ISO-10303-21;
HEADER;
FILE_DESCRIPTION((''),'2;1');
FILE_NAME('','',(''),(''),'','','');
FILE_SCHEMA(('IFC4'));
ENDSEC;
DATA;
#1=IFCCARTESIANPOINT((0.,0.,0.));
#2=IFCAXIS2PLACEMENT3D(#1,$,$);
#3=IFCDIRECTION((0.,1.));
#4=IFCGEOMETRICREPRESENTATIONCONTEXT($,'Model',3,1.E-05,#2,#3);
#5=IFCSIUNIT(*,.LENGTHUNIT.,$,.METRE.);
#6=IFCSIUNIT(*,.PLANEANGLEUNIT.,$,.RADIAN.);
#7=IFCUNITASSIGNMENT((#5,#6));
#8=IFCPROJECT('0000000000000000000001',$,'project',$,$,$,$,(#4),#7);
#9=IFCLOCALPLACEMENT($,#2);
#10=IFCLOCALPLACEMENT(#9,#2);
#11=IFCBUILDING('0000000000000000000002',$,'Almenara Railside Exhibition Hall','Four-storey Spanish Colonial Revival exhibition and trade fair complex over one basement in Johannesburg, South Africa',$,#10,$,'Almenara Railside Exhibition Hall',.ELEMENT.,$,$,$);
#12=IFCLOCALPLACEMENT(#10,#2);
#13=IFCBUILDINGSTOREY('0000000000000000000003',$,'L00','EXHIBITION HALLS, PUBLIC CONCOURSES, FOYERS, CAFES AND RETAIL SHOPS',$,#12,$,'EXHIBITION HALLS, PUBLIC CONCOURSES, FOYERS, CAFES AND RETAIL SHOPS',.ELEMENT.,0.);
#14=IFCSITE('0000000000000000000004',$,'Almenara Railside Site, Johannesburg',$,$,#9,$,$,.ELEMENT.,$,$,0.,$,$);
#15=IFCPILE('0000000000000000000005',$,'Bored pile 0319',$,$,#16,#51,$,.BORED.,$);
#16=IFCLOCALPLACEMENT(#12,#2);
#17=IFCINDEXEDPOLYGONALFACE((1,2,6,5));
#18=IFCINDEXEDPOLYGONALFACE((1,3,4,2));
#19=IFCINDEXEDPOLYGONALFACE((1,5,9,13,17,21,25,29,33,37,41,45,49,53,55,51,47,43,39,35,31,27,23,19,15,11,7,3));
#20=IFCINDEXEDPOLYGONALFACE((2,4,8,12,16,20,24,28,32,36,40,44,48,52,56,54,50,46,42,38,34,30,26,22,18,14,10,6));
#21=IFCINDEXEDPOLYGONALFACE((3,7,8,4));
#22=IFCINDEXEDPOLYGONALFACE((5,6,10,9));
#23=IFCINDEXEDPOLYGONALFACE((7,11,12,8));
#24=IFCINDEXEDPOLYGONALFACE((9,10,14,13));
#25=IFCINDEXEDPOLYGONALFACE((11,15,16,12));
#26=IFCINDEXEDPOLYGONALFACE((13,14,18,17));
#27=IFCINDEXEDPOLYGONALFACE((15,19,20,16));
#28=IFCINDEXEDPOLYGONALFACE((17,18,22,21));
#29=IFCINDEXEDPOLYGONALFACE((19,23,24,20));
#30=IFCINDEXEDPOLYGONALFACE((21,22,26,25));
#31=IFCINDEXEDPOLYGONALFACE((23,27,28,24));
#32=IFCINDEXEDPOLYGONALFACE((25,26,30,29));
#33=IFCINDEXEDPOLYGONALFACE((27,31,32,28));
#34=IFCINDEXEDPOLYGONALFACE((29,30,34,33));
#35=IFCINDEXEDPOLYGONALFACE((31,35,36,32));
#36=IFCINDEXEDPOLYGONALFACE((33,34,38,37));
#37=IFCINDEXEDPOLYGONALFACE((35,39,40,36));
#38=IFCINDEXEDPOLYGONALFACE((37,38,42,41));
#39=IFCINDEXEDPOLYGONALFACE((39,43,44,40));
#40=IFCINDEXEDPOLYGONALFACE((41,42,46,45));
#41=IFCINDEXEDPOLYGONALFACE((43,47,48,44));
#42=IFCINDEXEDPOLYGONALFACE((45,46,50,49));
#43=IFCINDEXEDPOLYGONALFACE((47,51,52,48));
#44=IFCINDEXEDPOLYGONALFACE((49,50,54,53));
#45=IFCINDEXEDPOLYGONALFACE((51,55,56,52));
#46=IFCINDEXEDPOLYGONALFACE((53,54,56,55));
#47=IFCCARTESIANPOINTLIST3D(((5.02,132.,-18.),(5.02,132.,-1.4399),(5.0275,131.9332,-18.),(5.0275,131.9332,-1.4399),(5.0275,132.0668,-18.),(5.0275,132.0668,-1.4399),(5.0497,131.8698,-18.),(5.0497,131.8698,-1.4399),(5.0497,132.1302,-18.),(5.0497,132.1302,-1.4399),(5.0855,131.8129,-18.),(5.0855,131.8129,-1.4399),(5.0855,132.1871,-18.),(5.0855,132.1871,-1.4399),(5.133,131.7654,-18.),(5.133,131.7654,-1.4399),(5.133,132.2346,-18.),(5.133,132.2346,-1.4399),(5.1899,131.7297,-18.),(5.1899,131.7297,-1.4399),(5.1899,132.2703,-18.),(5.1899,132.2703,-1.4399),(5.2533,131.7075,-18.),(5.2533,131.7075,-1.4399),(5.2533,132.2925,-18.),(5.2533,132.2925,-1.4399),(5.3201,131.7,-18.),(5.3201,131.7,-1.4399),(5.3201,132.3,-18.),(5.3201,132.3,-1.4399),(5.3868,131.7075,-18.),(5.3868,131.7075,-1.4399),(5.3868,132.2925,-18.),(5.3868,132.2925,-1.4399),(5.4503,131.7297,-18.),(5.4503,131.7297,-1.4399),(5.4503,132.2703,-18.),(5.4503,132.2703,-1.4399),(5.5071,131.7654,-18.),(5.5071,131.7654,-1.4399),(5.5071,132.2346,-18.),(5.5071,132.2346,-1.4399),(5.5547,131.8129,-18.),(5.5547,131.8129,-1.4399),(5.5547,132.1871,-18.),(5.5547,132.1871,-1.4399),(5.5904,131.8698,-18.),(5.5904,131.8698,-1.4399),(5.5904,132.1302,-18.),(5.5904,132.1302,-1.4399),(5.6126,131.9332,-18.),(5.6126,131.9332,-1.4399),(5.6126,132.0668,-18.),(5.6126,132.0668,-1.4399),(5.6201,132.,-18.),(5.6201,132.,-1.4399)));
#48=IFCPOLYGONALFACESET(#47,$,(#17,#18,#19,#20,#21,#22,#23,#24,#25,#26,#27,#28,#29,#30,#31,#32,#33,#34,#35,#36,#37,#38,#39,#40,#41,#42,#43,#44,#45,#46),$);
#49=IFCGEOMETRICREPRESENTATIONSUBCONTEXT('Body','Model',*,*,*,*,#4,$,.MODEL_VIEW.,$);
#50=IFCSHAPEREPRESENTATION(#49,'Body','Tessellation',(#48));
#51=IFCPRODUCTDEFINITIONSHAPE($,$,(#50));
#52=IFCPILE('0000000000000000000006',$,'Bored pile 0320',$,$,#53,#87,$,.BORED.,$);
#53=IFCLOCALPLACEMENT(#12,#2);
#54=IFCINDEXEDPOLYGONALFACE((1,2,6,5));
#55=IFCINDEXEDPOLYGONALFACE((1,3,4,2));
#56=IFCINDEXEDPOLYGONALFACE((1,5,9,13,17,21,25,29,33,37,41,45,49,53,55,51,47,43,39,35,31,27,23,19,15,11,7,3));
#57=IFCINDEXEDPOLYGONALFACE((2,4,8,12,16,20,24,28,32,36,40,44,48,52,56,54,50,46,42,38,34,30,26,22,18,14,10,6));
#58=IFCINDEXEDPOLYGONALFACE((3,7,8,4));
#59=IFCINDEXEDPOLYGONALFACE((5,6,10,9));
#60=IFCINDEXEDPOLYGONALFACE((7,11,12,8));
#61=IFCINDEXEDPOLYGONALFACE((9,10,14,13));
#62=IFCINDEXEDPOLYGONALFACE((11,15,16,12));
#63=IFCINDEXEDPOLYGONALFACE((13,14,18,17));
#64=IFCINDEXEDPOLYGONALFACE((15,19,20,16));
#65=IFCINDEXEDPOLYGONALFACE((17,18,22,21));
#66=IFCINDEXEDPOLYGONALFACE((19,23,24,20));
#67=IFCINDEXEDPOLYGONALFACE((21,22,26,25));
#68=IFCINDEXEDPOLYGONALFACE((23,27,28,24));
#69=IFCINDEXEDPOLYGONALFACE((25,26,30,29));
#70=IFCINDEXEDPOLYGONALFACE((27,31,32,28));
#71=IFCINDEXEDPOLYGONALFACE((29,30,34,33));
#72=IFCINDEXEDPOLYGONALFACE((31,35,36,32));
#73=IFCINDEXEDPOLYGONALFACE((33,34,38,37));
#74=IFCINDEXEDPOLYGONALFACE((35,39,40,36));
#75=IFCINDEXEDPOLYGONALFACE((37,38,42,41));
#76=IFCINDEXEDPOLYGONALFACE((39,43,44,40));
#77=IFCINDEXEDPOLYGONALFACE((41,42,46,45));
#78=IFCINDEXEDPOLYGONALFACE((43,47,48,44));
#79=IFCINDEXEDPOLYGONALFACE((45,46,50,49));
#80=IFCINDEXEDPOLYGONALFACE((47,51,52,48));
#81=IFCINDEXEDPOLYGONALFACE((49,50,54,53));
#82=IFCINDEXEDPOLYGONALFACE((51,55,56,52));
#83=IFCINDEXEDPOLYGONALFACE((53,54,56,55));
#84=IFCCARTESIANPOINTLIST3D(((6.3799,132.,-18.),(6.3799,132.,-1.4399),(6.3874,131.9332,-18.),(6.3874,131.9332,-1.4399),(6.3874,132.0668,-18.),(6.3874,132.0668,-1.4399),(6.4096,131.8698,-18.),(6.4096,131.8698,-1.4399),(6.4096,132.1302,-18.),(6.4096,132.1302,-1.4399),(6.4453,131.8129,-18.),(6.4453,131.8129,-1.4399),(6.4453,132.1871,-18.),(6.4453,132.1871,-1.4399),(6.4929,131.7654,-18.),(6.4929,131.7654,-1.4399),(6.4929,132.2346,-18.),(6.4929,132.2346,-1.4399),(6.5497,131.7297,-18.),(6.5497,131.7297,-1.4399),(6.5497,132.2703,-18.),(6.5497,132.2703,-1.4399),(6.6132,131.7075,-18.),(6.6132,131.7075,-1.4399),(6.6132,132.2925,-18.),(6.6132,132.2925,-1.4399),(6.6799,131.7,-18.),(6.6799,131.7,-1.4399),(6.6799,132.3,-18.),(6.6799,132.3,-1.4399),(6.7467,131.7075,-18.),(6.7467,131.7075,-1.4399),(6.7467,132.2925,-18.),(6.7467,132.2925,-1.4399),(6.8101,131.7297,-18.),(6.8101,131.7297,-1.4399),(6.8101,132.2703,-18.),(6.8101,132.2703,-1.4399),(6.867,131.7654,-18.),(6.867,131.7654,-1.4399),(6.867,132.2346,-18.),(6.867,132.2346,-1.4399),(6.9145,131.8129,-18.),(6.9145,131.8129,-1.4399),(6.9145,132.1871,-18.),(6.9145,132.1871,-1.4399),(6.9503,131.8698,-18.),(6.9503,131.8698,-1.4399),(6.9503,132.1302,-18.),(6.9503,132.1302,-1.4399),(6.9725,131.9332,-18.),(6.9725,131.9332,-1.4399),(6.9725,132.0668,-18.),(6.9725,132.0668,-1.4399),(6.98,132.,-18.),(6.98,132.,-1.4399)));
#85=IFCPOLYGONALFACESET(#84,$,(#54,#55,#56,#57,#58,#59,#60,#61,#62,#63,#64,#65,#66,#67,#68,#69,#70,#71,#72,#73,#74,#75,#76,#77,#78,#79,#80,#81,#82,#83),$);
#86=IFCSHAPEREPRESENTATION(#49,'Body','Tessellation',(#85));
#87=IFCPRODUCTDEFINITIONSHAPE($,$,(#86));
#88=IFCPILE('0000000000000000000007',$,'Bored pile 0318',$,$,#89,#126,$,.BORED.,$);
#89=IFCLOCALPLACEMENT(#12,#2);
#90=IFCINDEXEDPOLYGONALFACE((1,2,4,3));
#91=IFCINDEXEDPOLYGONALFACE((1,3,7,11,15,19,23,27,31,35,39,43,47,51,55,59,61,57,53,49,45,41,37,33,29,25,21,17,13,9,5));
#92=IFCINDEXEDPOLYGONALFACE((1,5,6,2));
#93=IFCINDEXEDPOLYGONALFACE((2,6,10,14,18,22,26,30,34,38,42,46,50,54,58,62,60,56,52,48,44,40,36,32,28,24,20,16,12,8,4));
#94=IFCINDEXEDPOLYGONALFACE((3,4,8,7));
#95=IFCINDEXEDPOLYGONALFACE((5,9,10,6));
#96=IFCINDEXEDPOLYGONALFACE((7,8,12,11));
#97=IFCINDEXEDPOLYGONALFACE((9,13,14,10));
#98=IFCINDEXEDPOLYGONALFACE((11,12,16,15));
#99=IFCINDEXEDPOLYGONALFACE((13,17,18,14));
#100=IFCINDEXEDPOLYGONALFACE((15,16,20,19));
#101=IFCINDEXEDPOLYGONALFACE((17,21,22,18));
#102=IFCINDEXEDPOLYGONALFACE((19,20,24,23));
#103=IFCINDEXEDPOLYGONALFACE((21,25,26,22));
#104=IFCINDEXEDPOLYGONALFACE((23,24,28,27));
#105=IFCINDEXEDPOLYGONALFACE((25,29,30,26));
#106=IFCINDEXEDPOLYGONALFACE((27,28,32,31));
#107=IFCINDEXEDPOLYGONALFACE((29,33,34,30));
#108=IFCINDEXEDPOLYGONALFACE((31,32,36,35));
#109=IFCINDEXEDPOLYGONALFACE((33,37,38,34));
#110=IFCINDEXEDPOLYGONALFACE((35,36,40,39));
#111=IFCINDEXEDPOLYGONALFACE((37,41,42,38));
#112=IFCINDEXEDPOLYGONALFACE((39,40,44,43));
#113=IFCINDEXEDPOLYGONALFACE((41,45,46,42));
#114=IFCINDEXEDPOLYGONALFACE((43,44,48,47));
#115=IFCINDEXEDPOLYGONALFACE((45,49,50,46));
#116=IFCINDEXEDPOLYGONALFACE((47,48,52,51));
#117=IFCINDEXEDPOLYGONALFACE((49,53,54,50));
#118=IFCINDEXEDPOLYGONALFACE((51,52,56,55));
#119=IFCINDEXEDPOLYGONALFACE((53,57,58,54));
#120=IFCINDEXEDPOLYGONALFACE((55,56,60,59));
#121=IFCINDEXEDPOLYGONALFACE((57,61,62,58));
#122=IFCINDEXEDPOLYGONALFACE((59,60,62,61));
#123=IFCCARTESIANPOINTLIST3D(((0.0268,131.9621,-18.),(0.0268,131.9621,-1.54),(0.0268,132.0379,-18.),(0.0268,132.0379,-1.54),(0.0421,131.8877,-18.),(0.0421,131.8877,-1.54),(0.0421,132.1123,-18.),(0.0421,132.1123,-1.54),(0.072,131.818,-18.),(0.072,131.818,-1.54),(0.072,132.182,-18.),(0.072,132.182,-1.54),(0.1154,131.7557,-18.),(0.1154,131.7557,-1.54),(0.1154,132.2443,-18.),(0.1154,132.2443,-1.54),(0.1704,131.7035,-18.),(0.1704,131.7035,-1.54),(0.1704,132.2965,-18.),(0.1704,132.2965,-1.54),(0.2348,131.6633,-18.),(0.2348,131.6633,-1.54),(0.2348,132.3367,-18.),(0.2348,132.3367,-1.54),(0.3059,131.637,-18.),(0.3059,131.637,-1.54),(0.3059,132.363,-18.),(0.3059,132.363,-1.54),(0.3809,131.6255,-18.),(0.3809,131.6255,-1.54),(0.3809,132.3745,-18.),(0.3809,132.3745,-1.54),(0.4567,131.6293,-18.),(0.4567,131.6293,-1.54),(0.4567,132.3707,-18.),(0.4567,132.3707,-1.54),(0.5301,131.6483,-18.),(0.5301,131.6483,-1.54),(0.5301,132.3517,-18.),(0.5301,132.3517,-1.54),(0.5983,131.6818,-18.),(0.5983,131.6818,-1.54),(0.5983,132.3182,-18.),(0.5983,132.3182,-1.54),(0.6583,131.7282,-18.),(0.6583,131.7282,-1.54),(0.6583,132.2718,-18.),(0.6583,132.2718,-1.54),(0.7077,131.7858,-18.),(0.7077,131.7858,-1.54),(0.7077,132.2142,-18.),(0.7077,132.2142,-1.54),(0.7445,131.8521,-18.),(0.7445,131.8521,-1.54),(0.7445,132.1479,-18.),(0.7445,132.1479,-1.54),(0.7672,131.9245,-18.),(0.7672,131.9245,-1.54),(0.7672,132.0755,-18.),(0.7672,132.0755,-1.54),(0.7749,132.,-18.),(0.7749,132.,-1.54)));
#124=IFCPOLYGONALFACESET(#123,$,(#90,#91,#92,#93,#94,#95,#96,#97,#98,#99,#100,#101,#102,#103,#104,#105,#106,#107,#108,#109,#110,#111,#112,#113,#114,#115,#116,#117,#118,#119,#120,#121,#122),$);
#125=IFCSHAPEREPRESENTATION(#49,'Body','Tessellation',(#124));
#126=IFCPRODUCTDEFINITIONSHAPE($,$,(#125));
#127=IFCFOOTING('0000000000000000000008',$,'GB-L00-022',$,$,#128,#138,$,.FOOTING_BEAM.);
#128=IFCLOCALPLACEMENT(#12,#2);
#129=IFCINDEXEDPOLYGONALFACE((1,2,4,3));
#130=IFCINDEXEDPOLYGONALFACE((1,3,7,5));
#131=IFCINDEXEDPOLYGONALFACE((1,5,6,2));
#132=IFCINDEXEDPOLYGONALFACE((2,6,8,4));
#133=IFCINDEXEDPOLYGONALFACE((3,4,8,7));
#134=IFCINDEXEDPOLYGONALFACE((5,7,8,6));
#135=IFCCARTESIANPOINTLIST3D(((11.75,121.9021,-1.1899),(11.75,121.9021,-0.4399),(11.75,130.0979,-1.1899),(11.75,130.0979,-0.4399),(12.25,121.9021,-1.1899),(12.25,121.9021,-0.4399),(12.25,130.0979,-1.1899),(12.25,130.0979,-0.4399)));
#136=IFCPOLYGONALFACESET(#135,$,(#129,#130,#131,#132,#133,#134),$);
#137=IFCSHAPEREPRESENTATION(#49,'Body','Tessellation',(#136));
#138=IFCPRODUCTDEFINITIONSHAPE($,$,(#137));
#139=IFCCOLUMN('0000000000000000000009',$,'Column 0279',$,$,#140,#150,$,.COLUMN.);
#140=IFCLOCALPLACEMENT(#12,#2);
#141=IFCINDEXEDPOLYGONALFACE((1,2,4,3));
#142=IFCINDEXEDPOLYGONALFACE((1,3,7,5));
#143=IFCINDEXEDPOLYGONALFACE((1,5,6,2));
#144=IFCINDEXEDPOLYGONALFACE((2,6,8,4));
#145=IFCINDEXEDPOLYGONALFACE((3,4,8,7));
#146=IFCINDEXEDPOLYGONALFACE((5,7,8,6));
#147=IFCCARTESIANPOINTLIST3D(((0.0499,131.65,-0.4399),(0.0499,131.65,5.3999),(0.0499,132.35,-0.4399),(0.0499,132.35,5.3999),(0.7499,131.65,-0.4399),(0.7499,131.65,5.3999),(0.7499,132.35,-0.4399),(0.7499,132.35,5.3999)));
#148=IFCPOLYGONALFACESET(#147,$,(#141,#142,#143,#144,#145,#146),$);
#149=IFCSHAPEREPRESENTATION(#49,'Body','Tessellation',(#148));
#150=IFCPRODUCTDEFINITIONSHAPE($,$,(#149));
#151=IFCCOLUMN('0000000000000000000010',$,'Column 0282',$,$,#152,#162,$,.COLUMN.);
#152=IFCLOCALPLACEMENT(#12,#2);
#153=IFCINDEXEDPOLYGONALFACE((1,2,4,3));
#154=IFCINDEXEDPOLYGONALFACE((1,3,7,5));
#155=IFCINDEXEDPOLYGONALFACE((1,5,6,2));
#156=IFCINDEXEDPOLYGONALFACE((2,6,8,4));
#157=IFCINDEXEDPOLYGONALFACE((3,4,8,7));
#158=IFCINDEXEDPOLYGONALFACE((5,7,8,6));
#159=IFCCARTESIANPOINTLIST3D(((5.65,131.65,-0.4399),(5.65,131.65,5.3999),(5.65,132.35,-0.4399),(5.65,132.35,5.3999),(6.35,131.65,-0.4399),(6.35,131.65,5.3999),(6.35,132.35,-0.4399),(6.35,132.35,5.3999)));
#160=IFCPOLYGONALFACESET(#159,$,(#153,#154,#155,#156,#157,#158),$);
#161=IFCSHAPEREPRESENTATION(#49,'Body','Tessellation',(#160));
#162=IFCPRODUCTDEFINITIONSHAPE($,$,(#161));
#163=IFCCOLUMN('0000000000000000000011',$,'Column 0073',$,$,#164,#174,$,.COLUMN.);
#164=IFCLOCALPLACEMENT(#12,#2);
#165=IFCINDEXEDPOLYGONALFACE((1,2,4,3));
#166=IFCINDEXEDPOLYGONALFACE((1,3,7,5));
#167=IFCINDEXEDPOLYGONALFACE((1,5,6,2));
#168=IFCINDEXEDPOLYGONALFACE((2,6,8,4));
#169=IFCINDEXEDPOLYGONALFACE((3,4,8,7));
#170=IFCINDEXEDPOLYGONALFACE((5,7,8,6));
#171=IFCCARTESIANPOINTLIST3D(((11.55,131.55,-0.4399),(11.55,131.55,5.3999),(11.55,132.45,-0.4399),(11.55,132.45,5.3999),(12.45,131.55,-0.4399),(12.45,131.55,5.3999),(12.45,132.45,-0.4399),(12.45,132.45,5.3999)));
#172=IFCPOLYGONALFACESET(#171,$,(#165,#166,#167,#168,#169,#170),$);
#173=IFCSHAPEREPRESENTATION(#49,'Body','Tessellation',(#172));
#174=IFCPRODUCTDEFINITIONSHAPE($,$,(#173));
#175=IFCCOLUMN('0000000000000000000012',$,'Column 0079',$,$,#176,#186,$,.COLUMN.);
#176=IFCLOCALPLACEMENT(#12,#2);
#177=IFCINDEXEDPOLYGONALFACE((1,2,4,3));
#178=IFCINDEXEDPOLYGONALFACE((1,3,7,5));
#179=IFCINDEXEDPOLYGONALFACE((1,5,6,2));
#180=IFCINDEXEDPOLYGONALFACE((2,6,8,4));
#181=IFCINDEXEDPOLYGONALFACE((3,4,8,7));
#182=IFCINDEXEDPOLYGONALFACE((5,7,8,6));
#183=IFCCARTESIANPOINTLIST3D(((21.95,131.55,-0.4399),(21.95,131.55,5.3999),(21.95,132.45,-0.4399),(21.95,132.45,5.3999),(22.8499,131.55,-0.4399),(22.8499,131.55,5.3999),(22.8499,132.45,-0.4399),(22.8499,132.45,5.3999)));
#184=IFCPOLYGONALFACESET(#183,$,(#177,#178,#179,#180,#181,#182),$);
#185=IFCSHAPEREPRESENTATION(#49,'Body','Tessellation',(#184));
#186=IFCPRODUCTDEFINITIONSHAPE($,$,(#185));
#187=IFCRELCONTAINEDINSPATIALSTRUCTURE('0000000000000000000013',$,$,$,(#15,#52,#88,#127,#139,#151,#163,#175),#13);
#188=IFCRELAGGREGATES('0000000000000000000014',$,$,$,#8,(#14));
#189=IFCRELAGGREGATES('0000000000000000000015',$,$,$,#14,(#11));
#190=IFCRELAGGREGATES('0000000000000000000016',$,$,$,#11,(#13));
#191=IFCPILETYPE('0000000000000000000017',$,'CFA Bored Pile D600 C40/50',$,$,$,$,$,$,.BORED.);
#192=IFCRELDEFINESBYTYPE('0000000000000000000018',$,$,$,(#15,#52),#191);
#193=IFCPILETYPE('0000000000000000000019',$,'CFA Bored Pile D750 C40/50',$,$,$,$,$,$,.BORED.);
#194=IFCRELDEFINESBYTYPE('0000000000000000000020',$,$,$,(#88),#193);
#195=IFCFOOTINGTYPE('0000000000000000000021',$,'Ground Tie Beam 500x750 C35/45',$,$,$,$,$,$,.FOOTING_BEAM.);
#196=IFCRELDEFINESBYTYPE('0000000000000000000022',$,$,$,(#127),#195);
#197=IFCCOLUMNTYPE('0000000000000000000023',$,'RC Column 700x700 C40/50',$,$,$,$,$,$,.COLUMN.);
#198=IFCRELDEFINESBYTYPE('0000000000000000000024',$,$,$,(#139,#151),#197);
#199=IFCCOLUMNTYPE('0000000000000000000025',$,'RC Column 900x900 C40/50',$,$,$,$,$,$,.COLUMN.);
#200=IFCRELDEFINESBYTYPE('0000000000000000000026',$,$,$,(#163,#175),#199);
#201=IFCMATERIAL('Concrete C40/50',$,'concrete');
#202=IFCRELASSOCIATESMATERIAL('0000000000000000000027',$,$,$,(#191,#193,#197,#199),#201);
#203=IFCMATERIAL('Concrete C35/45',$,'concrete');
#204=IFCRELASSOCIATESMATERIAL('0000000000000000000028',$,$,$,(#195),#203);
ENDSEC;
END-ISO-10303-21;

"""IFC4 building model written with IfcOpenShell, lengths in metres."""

from ifc_helpers import new_model, si_unit, direction, frame, origin, origin_2d, place, context, subcontext, project, spatial, rectangle, circle, extrude, material, material_profile, profile_set, type_object, element, save


model = new_model("IFC4")

# Units and contexts
model_context = context("Model", 3, precision=1e-05, world=origin(), true_north=direction((0.0, 1.0)))
body_context = subcontext(model_context, "Body", "Model", "MODEL_VIEW")
ifc_project = project(units=[si_unit("LENGTHUNIT", "METRE"), si_unit("PLANEANGLEUNIT", "RADIAN")], contexts=[model_context])

# Site, building, storey
site_placement = place(None, origin())
site = spatial("IfcSite", under=ifc_project, at=site_placement, Name="Almenara Railside Site, Johannesburg", CompositionType="ELEMENT", RefElevation=0.0)
building_placement = place(site_placement, origin())
building = spatial("IfcBuilding", under=site, at=building_placement, Name="Almenara Railside Exhibition Hall", Description="Four-storey Spanish Colonial Revival exhibition and trade fair complex over one basement in Johannesburg, South Africa", LongName="Almenara Railside Exhibition Hall", CompositionType="ELEMENT")
storey_placement = place(building_placement, origin())
storey = spatial("IfcBuildingStorey", under=building, at=storey_placement, Name="L00", Description="EXHIBITION HALLS, PUBLIC CONCOURSES, FOYERS, CAFES AND RETAIL SHOPS", LongName="EXHIBITION HALLS, PUBLIC CONCOURSES, FOYERS, CAFES AND RETAIL SHOPS", CompositionType="ELEMENT", Elevation=0.0)

# Piles
ifc_material_1 = material(Name="Concrete C40/50", Category="concrete")
ifc_material_profile_1 = material_profile(ifc_material_1, circle(Radius=0.3, at=origin_2d()), Name="CFA-PILE D600")
ifc_profile_set_1 = profile_set([ifc_material_profile_1], Name="Concrete C40/50")
pile_type_1 = type_object("IfcPileType", Name="CFA Bored Pile D600 C40/50", PredefinedType="BORED", material=ifc_profile_set_1)
for number, where, z_axis, x_axis, name in (
    (1, (5.3201, 132.0, -1.4399), (0.0, 0.0, -1.0), (1.0, 0.0, 0.0), "Bored pile 0319"),
    (2, (6.6799, 132.0, -1.4399), (0.0, 0.0, -1.0), (1.0, 0.0, 0.0), "Bored pile 0320"),
):
    element("IfcPile", number, at=place(storey_placement, frame(where, z_axis=z_axis, x_axis=x_axis)), inside=storey, type_object=pile_type_1, Name=name, PredefinedType="BORED", context=body_context, shape_type="SweptSolid", body=[
        extrude(circle(Radius=0.3, at=origin_2d()), origin(), (0.0, 0.0, 1.0), 16.5601),
    ])
ifc_material_profile_2 = material_profile(ifc_material_1, circle(Radius=0.375, at=origin_2d()), Name="CFA-PILE D750")
ifc_profile_set_2 = profile_set([ifc_material_profile_2], Name="Concrete C40/50")
pile_type_2 = type_object("IfcPileType", Name="CFA Bored Pile D750 C40/50", PredefinedType="BORED", material=ifc_profile_set_2)
pile_placement = place(storey_placement, frame((0.3999, 132.0, -1.54), z_axis=(0.0, 0.0, -1.0), x_axis=(1.0, 0.0, 0.0)))
element("IfcPile", 3, at=pile_placement, inside=storey, type_object=pile_type_2, Name="Bored pile 0318", PredefinedType="BORED", context=body_context, shape_type="SweptSolid", body=[
    extrude(circle(Radius=0.375, at=origin_2d()), origin(), (0.0, 0.0, 1.0), 16.46),
])

# Footing
ifc_material_2 = material(Name="Concrete C35/45", Category="concrete")
ifc_material_profile_3 = material_profile(ifc_material_2, rectangle(XDim=0.5, YDim=0.75, at=origin_2d()), Name="RC-GB 500x750")
ifc_profile_set_3 = profile_set([ifc_material_profile_3], Name="Concrete C35/45")
footing_type = type_object("IfcFootingType", Name="Ground Tie Beam 500x750 C35/45", PredefinedType="FOOTING_BEAM", material=ifc_profile_set_3)
footing_placement = place(storey_placement, frame((12.0, 121.9021, -0.8149), z_axis=(0.0, 1.0, 0.0), x_axis=(-1.0, 0.0, 0.0)))
element("IfcFooting", 4, at=footing_placement, inside=storey, type_object=footing_type, Name="GB-L00-022", PredefinedType="FOOTING_BEAM", context=body_context, shape_type="SweptSolid", body=[
    extrude(rectangle(XDim=0.5, YDim=0.75, at=origin_2d()), origin(), (0.0, 0.0, 1.0), 8.1958),
])

# Columns
ifc_material_profile_4 = material_profile(ifc_material_1, rectangle(XDim=0.7, YDim=0.7, at=origin_2d()), Name="RC 700x700")
ifc_profile_set_4 = profile_set([ifc_material_profile_4], Name="Concrete C40/50")
column_type_1 = type_object("IfcColumnType", Name="RC Column 700x700 C40/50", PredefinedType="COLUMN", material=ifc_profile_set_4)
for number, where, z_axis, x_axis, name in (
    (5, (0.3999, 132.0, -0.4399), (0.0, 0.0, 1.0), (1.0, 0.0, 0.0), "Column 0279"),
    (6, (6.0, 132.0, -0.4399), (0.0, 0.0, 1.0), (1.0, 0.0, 0.0), "Column 0282"),
):
    element("IfcColumn", number, at=place(storey_placement, frame(where, z_axis=z_axis, x_axis=x_axis)), inside=storey, type_object=column_type_1, Name=name, PredefinedType="COLUMN", context=body_context, shape_type="SweptSolid", body=[
        extrude(rectangle(XDim=0.7, YDim=0.7, at=origin_2d()), origin(), (0.0, 0.0, 1.0), 5.8398),
    ])
ifc_material_profile_5 = material_profile(ifc_material_1, rectangle(XDim=0.8999, YDim=0.8999, at=origin_2d()), Name="RC 900x900")
ifc_profile_set_5 = profile_set([ifc_material_profile_5], Name="Concrete C40/50")
column_type_2 = type_object("IfcColumnType", Name="RC Column 900x900 C40/50", PredefinedType="COLUMN", material=ifc_profile_set_5)
for number, where, z_axis, x_axis, name in (
    (7, (12.0, 132.0, -0.4399), (0.0, 0.0, 1.0), (1.0, 0.0, 0.0), "Column 0073"),
    (8, (22.3999, 132.0, -0.4399), (0.0, 0.0, 1.0), (1.0, 0.0, 0.0), "Column 0079"),
):
    element("IfcColumn", number, at=place(storey_placement, frame(where, z_axis=z_axis, x_axis=x_axis)), inside=storey, type_object=column_type_2, Name=name, PredefinedType="COLUMN", context=body_context, shape_type="SweptSolid", body=[
        extrude(rectangle(XDim=0.8999, YDim=0.8999, at=origin_2d()), origin(), (0.0, 0.0, 1.0), 5.8398),
    ])

save(model, "model.ifc")
